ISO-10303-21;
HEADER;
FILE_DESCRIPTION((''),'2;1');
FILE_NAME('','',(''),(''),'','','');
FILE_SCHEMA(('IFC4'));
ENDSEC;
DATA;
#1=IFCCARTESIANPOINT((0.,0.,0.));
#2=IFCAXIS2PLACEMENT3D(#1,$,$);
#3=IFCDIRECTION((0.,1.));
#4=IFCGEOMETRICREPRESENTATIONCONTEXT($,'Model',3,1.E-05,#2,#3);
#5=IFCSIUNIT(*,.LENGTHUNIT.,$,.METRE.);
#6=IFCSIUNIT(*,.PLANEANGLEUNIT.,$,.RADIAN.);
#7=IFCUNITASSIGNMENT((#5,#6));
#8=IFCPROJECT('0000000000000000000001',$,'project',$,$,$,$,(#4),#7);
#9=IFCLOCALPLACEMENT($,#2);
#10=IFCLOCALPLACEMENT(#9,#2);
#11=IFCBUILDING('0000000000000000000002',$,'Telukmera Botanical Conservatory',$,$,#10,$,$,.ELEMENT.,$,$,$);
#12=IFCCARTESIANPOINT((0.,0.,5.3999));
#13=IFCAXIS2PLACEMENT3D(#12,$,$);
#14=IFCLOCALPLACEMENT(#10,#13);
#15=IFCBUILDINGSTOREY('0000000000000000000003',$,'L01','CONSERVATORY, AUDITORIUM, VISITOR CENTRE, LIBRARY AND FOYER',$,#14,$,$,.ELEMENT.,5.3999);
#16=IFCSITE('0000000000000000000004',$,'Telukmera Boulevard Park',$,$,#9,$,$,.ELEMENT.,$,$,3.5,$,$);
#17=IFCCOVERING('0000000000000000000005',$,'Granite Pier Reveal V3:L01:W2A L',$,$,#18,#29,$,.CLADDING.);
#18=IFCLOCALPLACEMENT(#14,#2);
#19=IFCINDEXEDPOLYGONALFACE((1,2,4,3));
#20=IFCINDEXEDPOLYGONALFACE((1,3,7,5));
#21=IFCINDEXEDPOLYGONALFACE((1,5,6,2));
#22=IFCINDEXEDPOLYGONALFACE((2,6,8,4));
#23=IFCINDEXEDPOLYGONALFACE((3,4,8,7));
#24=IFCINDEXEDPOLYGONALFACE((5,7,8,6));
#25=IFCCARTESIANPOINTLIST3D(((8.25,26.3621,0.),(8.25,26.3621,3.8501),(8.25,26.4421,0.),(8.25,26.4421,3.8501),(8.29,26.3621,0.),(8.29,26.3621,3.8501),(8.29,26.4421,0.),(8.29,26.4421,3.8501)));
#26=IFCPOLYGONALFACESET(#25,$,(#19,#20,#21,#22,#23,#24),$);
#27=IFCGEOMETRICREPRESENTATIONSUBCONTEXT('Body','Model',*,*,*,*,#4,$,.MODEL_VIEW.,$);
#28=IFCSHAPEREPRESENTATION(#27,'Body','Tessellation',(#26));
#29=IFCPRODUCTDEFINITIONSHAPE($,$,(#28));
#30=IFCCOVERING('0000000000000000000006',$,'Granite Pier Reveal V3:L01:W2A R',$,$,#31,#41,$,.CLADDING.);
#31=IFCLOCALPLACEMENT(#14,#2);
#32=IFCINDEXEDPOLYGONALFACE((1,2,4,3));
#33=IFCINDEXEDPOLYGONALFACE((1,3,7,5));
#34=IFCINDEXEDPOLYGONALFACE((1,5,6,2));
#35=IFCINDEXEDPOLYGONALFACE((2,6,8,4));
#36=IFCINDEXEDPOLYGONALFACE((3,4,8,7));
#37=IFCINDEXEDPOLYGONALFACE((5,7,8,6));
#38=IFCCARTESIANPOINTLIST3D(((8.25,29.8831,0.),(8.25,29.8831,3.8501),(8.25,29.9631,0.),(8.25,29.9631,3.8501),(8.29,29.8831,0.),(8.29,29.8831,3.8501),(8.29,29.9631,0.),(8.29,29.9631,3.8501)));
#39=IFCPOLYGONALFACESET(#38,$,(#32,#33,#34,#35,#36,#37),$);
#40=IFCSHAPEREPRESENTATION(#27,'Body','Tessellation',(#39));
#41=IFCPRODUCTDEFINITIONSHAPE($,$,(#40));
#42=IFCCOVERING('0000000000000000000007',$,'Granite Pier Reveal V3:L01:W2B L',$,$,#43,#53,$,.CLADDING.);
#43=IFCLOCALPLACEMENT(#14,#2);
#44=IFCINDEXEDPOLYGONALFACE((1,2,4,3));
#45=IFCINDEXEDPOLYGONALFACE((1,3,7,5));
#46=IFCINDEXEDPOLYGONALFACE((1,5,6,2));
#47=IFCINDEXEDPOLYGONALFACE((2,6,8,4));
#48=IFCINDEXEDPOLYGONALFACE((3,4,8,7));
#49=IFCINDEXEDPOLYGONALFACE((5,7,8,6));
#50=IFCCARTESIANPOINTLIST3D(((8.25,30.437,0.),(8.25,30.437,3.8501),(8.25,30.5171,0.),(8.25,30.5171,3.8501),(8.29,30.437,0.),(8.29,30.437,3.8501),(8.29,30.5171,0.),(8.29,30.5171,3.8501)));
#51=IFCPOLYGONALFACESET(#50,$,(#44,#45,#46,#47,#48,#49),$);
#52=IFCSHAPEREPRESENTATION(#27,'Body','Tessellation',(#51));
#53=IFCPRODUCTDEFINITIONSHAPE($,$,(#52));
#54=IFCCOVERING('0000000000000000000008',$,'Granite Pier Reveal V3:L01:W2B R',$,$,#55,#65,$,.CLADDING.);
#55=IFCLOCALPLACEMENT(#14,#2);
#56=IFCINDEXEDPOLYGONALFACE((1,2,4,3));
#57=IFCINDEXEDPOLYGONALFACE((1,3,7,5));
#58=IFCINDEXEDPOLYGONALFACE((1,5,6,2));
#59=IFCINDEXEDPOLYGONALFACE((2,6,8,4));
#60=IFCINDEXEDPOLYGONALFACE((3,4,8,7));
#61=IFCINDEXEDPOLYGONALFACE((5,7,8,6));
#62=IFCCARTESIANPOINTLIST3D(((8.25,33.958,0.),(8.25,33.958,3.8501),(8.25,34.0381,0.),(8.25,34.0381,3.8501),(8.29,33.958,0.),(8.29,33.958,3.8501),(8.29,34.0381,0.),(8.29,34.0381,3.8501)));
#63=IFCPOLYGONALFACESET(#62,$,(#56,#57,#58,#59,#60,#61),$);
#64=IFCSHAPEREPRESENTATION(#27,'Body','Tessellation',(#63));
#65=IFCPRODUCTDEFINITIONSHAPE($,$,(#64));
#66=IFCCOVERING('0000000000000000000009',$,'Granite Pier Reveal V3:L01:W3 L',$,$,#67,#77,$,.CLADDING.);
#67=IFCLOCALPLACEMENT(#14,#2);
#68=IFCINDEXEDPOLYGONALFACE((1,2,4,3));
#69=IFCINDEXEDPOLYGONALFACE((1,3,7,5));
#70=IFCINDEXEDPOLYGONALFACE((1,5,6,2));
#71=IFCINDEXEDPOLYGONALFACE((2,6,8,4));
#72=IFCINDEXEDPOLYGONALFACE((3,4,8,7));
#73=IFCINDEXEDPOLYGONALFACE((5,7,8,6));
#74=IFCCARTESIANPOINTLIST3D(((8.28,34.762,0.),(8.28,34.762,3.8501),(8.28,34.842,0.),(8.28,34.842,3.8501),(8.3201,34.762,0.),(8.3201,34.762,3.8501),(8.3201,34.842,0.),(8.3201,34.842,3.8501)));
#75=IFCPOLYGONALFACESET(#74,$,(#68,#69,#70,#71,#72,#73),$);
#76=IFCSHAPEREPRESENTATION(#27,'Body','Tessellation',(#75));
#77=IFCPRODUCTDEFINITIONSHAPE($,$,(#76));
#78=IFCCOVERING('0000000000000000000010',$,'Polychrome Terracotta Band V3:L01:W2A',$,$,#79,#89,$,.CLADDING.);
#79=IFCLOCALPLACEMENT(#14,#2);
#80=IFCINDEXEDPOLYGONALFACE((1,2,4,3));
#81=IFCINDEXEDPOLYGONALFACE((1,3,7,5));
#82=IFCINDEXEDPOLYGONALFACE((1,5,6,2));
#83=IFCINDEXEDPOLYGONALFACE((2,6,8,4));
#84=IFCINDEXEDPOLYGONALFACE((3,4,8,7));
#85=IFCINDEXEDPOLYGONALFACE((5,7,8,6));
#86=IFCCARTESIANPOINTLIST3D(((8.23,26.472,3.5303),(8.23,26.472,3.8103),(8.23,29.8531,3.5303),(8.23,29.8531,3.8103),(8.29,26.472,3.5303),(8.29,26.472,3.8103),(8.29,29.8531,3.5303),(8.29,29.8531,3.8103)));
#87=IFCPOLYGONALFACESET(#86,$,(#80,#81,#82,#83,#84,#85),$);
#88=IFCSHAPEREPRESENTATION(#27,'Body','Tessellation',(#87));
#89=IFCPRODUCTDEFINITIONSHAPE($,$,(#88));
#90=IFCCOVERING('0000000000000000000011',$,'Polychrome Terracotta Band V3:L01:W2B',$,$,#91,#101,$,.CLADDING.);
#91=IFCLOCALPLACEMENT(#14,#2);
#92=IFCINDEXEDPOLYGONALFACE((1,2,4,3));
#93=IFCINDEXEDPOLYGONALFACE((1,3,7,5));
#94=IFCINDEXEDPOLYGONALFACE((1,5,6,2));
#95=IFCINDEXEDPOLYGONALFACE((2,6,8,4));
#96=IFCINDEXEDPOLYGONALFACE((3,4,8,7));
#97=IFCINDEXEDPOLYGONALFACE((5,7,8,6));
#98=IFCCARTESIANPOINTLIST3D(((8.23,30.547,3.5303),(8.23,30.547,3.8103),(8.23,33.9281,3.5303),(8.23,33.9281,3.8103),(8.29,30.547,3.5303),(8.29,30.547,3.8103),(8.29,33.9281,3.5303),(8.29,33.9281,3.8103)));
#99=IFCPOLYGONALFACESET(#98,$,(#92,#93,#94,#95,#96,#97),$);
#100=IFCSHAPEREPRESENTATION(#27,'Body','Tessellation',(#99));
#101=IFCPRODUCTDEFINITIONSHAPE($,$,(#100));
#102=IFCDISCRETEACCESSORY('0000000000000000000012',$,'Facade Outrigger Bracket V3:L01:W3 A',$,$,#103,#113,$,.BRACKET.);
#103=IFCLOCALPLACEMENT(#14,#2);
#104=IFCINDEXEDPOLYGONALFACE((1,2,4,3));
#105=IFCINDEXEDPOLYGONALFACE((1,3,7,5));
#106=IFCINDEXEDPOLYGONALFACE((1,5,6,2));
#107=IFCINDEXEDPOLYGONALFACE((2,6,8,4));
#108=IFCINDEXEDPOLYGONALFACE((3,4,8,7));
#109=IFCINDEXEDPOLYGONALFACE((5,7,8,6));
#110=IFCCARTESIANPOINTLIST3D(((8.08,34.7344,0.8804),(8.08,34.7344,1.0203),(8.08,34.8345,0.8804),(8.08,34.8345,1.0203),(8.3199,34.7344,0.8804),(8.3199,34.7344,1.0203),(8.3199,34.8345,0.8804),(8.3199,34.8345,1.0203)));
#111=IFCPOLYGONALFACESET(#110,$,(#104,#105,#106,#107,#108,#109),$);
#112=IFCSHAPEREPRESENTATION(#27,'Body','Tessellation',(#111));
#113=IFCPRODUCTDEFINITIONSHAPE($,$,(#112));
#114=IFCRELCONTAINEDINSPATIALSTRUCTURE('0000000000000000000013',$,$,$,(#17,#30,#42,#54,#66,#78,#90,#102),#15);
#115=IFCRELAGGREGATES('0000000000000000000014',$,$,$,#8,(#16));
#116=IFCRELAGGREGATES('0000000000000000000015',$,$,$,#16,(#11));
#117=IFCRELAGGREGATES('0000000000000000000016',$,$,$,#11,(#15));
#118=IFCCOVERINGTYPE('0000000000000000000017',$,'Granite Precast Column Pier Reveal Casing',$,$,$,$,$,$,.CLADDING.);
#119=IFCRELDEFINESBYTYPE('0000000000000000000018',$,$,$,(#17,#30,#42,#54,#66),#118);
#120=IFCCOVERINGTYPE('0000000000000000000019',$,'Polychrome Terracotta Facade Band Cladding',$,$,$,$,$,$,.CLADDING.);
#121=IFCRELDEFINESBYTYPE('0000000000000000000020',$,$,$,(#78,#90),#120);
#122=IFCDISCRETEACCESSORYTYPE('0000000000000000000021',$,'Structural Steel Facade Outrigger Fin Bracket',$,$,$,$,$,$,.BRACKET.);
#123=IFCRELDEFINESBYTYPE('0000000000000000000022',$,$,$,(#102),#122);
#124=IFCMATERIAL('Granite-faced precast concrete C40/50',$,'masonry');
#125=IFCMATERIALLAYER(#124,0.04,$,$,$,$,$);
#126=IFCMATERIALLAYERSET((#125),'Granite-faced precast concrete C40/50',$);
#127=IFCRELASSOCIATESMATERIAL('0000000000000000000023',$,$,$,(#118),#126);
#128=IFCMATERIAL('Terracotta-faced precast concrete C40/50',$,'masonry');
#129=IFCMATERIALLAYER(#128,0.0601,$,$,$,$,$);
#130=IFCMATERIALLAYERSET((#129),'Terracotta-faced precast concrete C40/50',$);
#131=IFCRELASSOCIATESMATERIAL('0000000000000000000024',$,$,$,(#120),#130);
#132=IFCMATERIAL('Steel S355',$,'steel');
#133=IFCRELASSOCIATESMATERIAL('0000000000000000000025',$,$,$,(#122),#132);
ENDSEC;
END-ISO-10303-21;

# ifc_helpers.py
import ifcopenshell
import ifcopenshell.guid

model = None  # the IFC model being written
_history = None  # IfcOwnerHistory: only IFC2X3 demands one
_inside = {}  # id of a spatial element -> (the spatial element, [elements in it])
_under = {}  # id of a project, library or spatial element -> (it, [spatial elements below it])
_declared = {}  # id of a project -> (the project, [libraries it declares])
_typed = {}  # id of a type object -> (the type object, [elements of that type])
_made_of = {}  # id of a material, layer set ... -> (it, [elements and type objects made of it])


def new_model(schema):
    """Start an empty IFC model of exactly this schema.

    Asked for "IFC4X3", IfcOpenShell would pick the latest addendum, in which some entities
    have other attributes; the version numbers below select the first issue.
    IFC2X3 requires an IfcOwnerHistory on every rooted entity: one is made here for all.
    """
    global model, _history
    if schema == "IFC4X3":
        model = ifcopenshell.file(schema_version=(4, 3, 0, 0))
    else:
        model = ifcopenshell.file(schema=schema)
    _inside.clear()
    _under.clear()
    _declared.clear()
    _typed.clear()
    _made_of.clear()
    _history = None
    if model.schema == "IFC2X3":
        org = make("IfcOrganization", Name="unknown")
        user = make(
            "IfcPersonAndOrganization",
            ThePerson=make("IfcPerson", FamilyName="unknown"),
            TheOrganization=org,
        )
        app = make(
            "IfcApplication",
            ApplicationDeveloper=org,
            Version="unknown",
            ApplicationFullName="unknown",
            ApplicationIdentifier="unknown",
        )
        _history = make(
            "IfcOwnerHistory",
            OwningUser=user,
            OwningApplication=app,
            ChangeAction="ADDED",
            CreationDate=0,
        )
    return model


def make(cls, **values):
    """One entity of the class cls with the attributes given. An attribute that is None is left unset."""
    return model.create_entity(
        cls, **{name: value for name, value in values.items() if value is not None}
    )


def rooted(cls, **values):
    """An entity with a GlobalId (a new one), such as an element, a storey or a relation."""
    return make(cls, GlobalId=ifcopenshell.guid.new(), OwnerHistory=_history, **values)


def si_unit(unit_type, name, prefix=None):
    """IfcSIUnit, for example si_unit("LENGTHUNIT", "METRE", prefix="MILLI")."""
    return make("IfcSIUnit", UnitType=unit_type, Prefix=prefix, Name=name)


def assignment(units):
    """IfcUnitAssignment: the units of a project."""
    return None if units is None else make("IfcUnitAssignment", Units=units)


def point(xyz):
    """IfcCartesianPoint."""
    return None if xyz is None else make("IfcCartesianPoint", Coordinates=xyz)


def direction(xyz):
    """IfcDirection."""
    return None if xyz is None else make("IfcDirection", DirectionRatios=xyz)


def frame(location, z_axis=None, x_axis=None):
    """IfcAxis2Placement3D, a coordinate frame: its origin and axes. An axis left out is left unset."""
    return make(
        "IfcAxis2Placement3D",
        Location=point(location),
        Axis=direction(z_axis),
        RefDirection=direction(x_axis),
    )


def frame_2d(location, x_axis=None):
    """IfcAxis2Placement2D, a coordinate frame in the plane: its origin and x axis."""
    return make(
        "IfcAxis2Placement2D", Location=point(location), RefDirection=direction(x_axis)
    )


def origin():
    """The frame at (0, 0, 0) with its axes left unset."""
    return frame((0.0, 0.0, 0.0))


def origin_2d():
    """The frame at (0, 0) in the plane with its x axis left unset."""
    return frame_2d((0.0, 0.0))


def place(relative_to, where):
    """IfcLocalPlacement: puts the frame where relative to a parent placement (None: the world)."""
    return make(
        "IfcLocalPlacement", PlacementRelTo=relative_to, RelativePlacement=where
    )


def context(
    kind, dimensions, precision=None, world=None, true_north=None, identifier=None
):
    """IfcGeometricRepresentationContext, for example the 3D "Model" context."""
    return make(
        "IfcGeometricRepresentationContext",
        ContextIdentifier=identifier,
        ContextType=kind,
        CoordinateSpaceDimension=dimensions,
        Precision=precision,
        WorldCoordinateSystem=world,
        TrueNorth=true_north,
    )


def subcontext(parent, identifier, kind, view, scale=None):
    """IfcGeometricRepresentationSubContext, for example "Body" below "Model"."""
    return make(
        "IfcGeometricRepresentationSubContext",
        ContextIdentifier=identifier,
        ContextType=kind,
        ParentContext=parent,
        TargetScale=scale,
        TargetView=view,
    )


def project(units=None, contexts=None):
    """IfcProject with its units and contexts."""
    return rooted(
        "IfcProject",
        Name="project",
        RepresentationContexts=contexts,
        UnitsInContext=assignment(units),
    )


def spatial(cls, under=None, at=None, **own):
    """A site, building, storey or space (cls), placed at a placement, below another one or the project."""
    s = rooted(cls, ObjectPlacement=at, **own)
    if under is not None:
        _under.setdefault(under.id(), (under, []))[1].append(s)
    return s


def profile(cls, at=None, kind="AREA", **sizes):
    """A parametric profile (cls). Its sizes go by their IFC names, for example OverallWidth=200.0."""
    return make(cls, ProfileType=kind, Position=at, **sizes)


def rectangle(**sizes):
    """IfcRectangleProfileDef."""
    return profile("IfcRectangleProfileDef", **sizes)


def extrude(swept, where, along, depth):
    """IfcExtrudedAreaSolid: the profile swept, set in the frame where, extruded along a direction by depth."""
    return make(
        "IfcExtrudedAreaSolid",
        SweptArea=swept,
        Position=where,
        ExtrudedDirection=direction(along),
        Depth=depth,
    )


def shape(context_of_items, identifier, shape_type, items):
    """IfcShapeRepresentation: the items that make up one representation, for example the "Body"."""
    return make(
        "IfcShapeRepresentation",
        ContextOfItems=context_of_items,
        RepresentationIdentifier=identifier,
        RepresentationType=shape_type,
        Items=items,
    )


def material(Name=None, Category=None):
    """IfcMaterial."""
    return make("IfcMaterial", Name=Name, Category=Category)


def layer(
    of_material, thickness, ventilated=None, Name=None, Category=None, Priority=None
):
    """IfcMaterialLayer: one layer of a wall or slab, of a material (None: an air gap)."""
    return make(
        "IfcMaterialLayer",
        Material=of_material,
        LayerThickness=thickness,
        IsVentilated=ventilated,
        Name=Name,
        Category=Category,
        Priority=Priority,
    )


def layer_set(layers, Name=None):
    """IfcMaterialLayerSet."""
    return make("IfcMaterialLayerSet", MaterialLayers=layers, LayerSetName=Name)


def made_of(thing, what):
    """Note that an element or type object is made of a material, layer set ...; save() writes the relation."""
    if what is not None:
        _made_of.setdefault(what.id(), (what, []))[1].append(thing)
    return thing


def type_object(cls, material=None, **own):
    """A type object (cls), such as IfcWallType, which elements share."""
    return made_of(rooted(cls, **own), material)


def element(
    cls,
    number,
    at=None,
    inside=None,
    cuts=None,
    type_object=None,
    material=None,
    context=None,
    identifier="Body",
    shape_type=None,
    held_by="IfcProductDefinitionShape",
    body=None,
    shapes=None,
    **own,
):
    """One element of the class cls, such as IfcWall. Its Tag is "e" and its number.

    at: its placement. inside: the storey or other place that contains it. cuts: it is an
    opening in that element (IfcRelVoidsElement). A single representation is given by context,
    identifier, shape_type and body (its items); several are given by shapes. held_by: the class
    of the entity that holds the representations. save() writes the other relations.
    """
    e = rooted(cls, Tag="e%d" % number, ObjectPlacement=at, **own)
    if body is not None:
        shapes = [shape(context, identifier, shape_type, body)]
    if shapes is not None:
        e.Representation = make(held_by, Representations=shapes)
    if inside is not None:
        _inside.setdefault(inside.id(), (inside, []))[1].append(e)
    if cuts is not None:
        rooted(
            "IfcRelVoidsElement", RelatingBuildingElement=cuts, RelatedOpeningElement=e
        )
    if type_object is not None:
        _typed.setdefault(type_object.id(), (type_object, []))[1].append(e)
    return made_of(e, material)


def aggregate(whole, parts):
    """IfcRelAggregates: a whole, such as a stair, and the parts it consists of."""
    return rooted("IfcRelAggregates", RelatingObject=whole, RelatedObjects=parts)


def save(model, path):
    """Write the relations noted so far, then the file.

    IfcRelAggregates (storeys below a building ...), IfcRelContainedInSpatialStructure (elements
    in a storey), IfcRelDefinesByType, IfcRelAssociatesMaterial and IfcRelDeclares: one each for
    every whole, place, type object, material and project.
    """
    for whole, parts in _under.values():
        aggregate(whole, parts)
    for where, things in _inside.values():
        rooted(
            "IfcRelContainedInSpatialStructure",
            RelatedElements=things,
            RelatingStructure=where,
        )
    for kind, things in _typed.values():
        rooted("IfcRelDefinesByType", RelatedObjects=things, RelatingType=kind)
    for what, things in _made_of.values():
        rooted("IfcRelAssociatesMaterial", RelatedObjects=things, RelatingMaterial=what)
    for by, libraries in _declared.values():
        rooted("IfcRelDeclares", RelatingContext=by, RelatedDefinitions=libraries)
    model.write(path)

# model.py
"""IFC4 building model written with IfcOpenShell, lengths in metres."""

from ifc_helpers import new_model, si_unit, direction, frame, origin, origin_2d, place, context, subcontext, project, spatial, rectangle, extrude, material, layer, layer_set, type_object, element, save


model = new_model("IFC4")

# Units and contexts
model_context = context("Model", 3, precision=1e-05, world=origin(), true_north=direction((0.0, 1.0)))
body_context = subcontext(model_context, "Body", "Model", "MODEL_VIEW")
ifc_project = project(units=[si_unit("LENGTHUNIT", "METRE"), si_unit("PLANEANGLEUNIT", "RADIAN")], contexts=[model_context])

# Site, building, storey
site_placement = place(None, origin())
site = spatial("IfcSite", under=ifc_project, at=site_placement, Name="Telukmera Boulevard Park", CompositionType="ELEMENT", RefElevation=3.5)
building_placement = place(site_placement, origin())
building = spatial("IfcBuilding", under=site, at=building_placement, Name="Telukmera Botanical Conservatory", CompositionType="ELEMENT")
storey_placement = place(building_placement, frame((0.0, 0.0, 5.3999)))
storey = spatial("IfcBuildingStorey", under=building, at=storey_placement, Name="L01", Description="CONSERVATORY, AUDITORIUM, VISITOR CENTRE, LIBRARY AND FOYER", CompositionType="ELEMENT", Elevation=5.3999)

# Shared definitions
ifc_material_1 = material(Name="Terracotta-faced precast concrete C40/50", Category="masonry")

# Coverings
ifc_material_2 = material(Name="Granite-faced precast concrete C40/50", Category="masonry")
ifc_layer_1 = layer(ifc_material_2, 0.04)
ifc_layer_set_1 = layer_set([ifc_layer_1], Name="Granite-faced precast concrete C40/50")
covering_type_1 = type_object("IfcCoveringType", Name="Granite Precast Column Pier Reveal Casing", PredefinedType="CLADDING", material=ifc_layer_set_1)
for number, where, z_axis, x_axis, name in (
    (1, (8.27, 26.4021, 0.0), (0.0, 0.0, 1.0), (0.0, 1.0, 0.0), "Granite Pier Reveal V3:L01:W2A L"),
    (2, (8.27, 29.9231, 0.0), (0.0, 0.0, 1.0), (0.0, 1.0, 0.0), "Granite Pier Reveal V3:L01:W2A R"),
    (3, (8.27, 30.4771, 0.0), (0.0, 0.0, 1.0), (0.0, 1.0, 0.0), "Granite Pier Reveal V3:L01:W2B L"),
    (4, (8.27, 33.998, 0.0), (0.0, 0.0, 1.0), (0.0, 1.0, 0.0), "Granite Pier Reveal V3:L01:W2B R"),
    (5, (8.3, 34.802, 0.0), (0.0, 0.0, 1.0), (0.0, 1.0, 0.0), "Granite Pier Reveal V3:L01:W3 L"),
):
    element("IfcCovering", number, at=place(storey_placement, frame(where, z_axis=z_axis, x_axis=x_axis)), inside=storey, type_object=covering_type_1, Name=name, PredefinedType="CLADDING", context=body_context, shape_type="SweptSolid", body=[
        extrude(rectangle(XDim=0.0801, YDim=0.04, at=origin_2d()), origin(), (0.0, 0.0, 1.0), 3.8501),
    ])
ifc_layer_2 = layer(ifc_material_1, 0.0601)
ifc_layer_set_2 = layer_set([ifc_layer_2], Name="Terracotta-faced precast concrete C40/50")
covering_type_2 = type_object("IfcCoveringType", Name="Polychrome Terracotta Facade Band Cladding", PredefinedType="CLADDING", material=ifc_layer_set_2)
for number, where, z_axis, x_axis, name in (
    (6, (8.26, 28.1626, 3.5303), (0.0, 0.0, 1.0), (0.0, 1.0, 0.0), "Polychrome Terracotta Band V3:L01:W2A"),
    (7, (8.26, 32.2375, 3.5303), (0.0, 0.0, 1.0), (0.0, 1.0, 0.0), "Polychrome Terracotta Band V3:L01:W2B"),
):
    element("IfcCovering", number, at=place(storey_placement, frame(where, z_axis=z_axis, x_axis=x_axis)), inside=storey, type_object=covering_type_2, Name=name, PredefinedType="CLADDING", context=body_context, shape_type="SweptSolid", body=[
        extrude(rectangle(XDim=3.3811, YDim=0.0601, at=origin_2d()), origin(), (0.0, 0.0, 1.0), 0.28),
    ])

# Discrete accessory
ifc_material_3 = material(Name="Steel S355", Category="steel")
discrete_accessory_type = type_object("IfcDiscreteAccessoryType", Name="Structural Steel Facade Outrigger Fin Bracket", PredefinedType="BRACKET", material=ifc_material_3)
discrete_accessory_placement = place(storey_placement, frame((8.2, 34.7844, 0.8804), z_axis=(0.0, 0.0, 1.0), x_axis=(0.0, 1.0, 0.0)))
element("IfcDiscreteAccessory", 8, at=discrete_accessory_placement, inside=storey, type_object=discrete_accessory_type, Name="Facade Outrigger Bracket V3:L01:W3 A", PredefinedType="BRACKET", context=body_context, shape_type="SweptSolid", body=[
    extrude(rectangle(XDim=0.1001, YDim=0.24, at=origin_2d()), origin(), (0.0, 0.0, 1.0), 0.1399),
])

save(model, "model.ifc")
